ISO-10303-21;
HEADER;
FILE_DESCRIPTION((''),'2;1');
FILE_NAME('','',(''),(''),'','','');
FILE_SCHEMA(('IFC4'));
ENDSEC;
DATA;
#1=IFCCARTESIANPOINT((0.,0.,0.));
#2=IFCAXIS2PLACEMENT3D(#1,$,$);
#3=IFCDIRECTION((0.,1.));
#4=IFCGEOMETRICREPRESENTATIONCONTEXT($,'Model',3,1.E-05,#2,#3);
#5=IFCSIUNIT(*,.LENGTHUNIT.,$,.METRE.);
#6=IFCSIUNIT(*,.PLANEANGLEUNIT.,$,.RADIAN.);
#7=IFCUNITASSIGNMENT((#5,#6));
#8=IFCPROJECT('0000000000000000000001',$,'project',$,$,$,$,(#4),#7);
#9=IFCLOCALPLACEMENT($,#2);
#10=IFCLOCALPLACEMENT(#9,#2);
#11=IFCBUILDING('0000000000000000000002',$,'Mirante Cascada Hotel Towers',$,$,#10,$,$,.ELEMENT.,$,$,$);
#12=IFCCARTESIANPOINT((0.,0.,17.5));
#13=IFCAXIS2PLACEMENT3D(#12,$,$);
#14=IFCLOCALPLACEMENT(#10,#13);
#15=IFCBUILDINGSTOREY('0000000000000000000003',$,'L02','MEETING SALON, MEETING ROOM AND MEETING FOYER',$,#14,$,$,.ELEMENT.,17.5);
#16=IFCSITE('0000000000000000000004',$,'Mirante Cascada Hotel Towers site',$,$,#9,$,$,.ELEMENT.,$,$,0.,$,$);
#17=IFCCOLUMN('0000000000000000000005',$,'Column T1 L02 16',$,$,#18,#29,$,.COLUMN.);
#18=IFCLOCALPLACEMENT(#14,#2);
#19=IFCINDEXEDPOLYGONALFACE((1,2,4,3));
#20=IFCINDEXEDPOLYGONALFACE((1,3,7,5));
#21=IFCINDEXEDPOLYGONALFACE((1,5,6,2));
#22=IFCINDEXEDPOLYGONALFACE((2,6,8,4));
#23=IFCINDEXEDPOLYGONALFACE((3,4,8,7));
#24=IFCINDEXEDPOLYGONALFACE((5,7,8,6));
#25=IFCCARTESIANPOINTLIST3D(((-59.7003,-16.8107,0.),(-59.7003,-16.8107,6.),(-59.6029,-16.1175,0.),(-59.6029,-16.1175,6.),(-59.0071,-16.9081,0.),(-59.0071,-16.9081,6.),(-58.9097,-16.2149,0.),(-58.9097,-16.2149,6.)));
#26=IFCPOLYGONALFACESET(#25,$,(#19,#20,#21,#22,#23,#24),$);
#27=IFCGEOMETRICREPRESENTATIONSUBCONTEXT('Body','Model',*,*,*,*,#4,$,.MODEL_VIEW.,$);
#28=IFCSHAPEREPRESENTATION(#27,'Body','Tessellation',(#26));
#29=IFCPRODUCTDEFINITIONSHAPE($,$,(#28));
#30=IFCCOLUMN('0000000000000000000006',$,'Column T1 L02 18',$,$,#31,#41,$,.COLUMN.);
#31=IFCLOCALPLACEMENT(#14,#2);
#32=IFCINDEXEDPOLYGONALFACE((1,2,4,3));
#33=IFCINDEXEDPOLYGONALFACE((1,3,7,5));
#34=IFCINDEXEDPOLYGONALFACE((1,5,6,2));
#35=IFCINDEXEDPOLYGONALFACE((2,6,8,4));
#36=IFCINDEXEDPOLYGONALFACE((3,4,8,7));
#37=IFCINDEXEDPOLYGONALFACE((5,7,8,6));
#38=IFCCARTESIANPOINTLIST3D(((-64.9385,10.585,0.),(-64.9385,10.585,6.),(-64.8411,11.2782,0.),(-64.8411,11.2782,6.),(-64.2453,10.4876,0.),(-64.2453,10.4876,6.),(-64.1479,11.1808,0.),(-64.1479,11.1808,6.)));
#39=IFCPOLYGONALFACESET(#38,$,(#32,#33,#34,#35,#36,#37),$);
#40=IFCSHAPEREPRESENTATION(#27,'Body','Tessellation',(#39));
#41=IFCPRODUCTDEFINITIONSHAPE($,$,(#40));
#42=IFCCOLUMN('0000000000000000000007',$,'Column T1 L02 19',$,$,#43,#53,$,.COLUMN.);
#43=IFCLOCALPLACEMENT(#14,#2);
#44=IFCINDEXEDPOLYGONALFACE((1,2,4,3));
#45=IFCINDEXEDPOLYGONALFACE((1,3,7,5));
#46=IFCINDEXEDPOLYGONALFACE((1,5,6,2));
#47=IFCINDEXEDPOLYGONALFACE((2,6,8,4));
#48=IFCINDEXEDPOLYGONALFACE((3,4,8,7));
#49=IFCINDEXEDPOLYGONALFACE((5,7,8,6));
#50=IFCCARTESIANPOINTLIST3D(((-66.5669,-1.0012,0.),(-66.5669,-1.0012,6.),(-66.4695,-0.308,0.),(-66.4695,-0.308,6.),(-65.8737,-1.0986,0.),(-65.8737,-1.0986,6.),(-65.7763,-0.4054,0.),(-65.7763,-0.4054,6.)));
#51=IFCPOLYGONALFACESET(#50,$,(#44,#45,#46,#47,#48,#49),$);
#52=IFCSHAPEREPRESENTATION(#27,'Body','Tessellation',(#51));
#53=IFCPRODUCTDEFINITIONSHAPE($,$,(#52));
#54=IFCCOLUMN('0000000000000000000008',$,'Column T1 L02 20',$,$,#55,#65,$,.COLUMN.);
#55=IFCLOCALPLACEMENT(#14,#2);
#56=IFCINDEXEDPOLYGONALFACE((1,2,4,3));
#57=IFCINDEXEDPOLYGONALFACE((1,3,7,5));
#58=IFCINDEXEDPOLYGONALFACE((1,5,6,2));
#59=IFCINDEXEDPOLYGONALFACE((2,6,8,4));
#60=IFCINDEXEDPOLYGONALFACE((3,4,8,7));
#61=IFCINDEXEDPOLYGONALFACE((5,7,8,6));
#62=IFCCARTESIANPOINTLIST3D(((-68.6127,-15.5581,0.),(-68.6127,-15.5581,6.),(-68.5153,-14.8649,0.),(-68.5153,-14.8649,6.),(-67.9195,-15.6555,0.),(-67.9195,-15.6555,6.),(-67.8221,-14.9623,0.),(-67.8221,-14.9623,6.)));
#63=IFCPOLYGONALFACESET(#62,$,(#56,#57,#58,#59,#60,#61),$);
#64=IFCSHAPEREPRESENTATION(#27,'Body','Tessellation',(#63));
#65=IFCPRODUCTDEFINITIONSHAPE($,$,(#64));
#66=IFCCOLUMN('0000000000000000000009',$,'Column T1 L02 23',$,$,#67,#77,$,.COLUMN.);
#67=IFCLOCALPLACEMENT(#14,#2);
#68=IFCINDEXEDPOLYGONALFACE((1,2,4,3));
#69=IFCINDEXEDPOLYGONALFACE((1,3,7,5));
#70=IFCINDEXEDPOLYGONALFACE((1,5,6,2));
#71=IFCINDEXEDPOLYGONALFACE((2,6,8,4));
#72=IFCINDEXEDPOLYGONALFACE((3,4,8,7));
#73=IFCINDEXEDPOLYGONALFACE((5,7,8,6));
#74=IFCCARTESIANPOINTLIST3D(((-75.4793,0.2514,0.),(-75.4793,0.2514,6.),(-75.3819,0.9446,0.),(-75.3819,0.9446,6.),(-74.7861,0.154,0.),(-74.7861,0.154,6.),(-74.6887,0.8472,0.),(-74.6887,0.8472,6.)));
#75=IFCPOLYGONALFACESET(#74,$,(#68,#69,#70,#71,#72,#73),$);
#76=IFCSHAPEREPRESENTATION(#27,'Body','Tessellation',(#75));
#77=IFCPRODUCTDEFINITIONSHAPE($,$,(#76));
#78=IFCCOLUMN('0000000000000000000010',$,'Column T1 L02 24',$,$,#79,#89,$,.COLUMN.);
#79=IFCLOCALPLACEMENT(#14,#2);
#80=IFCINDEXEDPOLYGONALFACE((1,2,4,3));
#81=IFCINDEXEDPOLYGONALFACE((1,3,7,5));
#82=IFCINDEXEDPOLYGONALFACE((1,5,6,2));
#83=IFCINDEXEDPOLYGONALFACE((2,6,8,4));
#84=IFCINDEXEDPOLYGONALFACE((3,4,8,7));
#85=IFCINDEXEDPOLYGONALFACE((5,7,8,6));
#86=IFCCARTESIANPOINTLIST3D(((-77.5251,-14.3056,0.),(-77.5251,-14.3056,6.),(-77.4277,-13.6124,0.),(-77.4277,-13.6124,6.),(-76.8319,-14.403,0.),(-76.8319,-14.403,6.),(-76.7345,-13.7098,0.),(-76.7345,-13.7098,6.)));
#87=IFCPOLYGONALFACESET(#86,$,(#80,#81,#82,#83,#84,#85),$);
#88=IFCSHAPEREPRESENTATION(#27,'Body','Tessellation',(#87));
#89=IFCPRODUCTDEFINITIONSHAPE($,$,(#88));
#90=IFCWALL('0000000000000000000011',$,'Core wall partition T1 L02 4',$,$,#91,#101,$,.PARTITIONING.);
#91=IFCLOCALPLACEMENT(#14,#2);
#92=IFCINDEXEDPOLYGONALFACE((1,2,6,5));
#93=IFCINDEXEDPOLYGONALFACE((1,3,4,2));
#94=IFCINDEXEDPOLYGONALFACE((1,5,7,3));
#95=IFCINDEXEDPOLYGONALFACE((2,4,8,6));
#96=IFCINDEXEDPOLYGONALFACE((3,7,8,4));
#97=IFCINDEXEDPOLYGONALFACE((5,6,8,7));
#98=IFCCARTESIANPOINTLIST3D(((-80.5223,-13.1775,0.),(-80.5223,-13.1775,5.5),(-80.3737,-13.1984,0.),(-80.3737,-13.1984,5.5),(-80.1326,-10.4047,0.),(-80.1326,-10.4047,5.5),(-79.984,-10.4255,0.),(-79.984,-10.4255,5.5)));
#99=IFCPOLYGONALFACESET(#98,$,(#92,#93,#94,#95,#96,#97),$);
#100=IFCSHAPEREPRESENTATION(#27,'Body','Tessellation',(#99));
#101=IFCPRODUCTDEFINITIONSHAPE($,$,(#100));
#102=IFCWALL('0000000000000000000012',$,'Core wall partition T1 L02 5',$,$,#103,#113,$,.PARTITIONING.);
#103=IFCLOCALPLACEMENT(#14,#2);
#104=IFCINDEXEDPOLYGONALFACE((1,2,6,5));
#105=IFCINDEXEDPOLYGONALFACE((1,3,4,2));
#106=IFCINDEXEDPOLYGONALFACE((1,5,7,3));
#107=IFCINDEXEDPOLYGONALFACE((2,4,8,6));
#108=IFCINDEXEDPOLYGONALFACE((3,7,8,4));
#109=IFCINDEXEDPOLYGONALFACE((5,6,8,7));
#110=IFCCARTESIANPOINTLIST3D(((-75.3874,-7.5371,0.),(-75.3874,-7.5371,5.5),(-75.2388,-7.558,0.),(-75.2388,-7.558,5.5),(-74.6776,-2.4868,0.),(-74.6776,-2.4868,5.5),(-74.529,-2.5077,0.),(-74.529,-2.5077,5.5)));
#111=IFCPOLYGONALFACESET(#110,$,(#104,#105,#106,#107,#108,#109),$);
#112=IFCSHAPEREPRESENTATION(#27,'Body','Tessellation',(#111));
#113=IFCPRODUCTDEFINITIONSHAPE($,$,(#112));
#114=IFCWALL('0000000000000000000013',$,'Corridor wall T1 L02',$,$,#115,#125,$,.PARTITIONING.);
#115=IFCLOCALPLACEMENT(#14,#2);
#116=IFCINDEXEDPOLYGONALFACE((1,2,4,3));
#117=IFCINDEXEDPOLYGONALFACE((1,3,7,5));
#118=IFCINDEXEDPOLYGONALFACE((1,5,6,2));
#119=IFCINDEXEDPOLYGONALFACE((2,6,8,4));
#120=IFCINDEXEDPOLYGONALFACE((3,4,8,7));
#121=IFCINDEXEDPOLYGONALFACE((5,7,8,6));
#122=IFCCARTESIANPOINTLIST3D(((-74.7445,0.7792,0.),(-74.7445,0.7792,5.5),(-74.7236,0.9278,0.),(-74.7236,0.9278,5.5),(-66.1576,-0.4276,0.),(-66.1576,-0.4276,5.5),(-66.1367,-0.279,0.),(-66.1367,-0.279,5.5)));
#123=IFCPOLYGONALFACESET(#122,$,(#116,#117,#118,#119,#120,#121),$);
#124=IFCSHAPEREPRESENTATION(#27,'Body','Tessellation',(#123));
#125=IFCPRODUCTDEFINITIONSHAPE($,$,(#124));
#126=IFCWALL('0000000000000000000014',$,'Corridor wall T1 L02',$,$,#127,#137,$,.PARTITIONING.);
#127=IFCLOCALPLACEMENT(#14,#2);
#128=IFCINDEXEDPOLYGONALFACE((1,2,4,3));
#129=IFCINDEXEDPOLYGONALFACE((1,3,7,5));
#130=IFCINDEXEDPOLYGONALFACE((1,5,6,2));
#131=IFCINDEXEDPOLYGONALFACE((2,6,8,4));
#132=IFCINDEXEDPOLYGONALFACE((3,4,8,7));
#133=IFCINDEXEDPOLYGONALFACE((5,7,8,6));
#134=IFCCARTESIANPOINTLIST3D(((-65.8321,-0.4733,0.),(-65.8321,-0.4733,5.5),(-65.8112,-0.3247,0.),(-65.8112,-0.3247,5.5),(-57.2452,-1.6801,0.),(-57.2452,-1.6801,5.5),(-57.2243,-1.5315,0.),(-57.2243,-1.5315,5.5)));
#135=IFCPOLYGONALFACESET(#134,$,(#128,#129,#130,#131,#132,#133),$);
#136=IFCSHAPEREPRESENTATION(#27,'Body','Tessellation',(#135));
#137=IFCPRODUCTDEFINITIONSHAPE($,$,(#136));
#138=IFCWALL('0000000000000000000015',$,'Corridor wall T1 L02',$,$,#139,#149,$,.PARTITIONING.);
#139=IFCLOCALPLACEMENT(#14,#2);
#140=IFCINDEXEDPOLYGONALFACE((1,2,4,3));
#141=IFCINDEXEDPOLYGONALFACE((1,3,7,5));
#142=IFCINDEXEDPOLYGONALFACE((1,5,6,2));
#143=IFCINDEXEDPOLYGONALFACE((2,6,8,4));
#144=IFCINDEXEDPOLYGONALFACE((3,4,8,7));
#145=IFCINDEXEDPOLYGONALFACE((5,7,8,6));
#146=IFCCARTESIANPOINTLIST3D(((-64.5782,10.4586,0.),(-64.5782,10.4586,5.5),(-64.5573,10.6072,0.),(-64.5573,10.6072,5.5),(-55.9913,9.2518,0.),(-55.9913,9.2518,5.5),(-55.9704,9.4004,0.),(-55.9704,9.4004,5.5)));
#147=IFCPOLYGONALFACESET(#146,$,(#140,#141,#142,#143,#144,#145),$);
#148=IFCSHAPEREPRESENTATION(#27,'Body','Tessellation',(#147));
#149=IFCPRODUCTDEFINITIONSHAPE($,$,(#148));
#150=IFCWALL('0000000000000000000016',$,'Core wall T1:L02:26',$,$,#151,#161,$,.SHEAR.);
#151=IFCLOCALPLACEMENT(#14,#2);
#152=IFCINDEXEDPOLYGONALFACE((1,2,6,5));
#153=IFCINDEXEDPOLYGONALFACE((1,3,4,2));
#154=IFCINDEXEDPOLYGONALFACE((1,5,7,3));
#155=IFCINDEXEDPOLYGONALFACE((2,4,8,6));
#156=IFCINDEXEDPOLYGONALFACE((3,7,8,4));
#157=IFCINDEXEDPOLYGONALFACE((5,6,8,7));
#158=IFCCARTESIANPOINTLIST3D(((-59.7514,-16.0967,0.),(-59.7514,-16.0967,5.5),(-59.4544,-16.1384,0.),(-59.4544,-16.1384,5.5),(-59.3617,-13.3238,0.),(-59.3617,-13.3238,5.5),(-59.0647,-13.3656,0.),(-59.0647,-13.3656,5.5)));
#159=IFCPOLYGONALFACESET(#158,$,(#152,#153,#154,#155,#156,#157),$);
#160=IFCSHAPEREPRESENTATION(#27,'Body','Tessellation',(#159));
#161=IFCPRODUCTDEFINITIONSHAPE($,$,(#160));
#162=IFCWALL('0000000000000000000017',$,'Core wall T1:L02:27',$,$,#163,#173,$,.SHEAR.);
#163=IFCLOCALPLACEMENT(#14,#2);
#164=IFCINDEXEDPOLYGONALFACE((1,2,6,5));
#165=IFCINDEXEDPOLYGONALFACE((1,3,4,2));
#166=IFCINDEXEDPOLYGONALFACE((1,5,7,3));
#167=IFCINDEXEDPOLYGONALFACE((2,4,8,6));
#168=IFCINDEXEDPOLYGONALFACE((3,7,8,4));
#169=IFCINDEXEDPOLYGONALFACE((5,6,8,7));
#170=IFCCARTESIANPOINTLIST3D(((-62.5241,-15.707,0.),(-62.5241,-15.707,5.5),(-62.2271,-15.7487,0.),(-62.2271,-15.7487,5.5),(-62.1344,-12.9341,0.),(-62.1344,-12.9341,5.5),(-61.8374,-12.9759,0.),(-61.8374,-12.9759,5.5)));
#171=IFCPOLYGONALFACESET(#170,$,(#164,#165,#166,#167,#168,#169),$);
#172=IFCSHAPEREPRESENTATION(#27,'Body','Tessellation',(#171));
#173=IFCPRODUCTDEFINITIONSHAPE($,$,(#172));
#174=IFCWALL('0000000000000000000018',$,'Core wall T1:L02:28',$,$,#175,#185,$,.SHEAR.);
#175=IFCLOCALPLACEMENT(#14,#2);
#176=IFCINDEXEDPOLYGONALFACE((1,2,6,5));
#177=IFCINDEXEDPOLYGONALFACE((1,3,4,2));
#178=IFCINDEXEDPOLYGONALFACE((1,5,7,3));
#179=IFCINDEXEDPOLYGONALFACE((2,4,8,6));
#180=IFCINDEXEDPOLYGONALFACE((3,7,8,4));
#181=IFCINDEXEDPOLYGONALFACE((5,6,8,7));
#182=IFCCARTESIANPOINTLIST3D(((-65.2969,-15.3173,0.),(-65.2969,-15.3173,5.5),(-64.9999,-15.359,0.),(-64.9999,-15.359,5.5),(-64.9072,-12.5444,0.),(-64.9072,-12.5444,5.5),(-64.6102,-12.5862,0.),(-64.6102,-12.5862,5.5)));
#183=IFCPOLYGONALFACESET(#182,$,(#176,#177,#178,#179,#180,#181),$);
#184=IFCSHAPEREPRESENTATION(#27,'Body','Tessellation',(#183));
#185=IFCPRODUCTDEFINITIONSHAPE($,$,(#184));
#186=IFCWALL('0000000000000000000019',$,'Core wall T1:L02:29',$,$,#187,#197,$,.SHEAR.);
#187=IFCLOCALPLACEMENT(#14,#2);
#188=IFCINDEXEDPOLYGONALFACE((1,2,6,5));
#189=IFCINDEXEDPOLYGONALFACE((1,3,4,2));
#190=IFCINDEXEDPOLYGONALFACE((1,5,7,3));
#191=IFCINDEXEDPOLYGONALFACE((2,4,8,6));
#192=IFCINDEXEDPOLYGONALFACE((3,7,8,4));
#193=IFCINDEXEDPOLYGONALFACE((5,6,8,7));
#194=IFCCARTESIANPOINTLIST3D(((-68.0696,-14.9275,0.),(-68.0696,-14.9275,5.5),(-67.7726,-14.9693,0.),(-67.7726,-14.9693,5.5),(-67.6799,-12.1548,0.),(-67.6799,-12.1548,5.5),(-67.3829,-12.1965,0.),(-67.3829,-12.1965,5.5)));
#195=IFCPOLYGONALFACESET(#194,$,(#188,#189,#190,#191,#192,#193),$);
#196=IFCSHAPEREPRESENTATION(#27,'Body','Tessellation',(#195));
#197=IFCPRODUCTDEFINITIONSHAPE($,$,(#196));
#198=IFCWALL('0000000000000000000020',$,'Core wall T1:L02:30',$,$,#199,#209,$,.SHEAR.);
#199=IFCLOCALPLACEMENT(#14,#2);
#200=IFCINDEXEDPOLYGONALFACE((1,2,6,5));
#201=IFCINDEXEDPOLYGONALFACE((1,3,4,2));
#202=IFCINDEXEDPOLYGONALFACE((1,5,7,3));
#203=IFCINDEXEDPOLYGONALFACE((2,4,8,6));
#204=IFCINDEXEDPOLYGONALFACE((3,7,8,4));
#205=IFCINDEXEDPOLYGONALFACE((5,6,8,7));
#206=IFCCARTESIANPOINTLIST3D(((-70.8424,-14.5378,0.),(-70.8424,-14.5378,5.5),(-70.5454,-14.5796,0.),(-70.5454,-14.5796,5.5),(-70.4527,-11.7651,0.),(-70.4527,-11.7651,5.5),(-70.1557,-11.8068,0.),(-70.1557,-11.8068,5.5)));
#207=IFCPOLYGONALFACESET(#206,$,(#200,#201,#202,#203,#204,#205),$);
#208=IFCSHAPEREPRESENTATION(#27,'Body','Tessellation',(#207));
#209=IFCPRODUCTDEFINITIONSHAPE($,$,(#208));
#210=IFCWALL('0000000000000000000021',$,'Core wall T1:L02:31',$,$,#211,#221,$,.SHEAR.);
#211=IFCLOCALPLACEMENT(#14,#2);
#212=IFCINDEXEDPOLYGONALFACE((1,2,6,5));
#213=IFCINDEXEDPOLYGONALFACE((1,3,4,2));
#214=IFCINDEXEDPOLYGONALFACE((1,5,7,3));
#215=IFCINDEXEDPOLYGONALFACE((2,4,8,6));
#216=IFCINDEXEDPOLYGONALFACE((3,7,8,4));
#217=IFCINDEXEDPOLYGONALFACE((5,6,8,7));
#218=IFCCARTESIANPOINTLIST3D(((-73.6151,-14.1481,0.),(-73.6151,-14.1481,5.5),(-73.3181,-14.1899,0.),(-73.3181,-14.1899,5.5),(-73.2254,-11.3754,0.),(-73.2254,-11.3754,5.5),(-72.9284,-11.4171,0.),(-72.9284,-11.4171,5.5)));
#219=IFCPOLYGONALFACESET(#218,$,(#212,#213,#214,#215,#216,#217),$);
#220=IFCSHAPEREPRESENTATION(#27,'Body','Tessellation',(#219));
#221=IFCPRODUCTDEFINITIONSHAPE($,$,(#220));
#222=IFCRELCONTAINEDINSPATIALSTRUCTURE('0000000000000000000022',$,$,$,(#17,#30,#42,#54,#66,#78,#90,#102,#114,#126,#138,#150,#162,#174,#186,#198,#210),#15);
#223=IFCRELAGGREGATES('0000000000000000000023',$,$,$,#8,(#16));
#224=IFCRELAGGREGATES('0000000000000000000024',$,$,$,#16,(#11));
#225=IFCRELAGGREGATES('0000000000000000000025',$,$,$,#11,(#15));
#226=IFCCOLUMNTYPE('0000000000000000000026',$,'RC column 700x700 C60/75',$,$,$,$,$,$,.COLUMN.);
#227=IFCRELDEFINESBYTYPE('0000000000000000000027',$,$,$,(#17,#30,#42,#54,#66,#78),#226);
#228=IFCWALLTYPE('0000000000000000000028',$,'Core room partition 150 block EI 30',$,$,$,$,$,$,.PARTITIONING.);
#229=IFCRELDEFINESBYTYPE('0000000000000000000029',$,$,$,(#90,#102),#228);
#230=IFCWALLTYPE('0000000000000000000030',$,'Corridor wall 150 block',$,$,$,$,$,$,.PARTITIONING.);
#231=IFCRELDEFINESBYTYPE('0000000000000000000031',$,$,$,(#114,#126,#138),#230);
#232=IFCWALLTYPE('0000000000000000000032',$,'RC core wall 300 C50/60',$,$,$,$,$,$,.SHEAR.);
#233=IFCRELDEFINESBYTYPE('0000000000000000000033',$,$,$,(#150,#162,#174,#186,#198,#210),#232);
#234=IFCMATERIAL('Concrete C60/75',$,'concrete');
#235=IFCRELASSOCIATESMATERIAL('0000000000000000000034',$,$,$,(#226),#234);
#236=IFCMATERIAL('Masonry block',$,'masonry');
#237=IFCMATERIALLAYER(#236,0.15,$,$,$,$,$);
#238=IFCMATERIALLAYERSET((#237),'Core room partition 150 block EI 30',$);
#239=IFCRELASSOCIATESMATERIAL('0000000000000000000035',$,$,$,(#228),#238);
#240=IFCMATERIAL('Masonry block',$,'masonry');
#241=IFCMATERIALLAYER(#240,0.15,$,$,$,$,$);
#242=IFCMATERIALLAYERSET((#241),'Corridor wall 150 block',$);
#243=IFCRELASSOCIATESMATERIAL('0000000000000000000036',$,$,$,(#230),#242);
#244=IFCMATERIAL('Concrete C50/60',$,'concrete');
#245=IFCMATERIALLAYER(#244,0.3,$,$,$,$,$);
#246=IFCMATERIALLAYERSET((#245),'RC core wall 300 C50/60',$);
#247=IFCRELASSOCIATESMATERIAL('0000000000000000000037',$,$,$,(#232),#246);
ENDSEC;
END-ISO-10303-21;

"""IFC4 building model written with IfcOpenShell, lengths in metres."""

from ifc_helpers import new_model, si_unit, direction, frame, frame_2d, origin, origin_2d, place, context, subcontext, project, spatial, rectangle, extrude, material, layer, layer_set, material_profile, profile_set, type_object, element, save


model = new_model("IFC4")

# Units and contexts
model_context = context("Model", 3, precision=1e-05, world=origin(), true_north=direction((0.0, 1.0)))
body_context = subcontext(model_context, "Body", "Model", "MODEL_VIEW")
ifc_project = project(units=[si_unit("LENGTHUNIT", "METRE"), si_unit("PLANEANGLEUNIT", "RADIAN")], contexts=[model_context])

# Site, building, storey
site_placement = place(None, origin())
site = spatial("IfcSite", under=ifc_project, at=site_placement, Name="Mirante Cascada Hotel Towers site", CompositionType="ELEMENT", RefElevation=0.0)
building_placement = place(site_placement, origin())
building = spatial("IfcBuilding", under=site, at=building_placement, Name="Mirante Cascada Hotel Towers", CompositionType="ELEMENT")
storey_placement = place(building_placement, frame((0.0, 0.0, 17.5)))
storey = spatial("IfcBuildingStorey", under=building, at=storey_placement, Name="L02", Description="MEETING SALON, MEETING ROOM AND MEETING FOYER", CompositionType="ELEMENT", Elevation=17.5)

# Columns
ifc_material_1 = material(Name="Concrete C60/75", Category="concrete")
ifc_material_profile = material_profile(ifc_material_1, rectangle(XDim=0.7, YDim=0.7, at=origin_2d()), Name="RC column 700x700 C60/75")
ifc_profile_set = profile_set([ifc_material_profile], Name="Concrete C60/75")
column_type = type_object("IfcColumnType", Name="RC column 700x700 C60/75", PredefinedType="COLUMN", material=ifc_profile_set)
for number, where, z_axis, x_axis, name in (
    (1, (-59.305, -16.5128, 0.0), (0.0, 0.0, 1.0), (-0.990268, 0.139173, 0.0), "Column T1 L02 16"),
    (2, (-64.5432, 10.8829, 0.0), (0.0, 0.0, 1.0), (-0.990268, 0.139173, 0.0), "Column T1 L02 18"),
    (3, (-66.1716, -0.7033, 0.0), (0.0, 0.0, 1.0), (-0.990268, 0.139173, 0.0), "Column T1 L02 19"),
    (4, (-68.2174, -15.2602, 0.0), (0.0, 0.0, 1.0), (-0.990268, 0.139173, 0.0), "Column T1 L02 20"),
    (5, (-75.084, 0.5493, 0.0), (0.0, 0.0, 1.0), (-0.990268, 0.139173, 0.0), "Column T1 L02 23"),
    (6, (-77.1298, -14.0077, 0.0), (0.0, 0.0, 1.0), (-0.990268, 0.139173, 0.0), "Column T1 L02 24"),
):
    element("IfcColumn", number, at=place(storey_placement, frame(where, z_axis=z_axis, x_axis=x_axis)), inside=storey, type_object=column_type, Name=name, PredefinedType="COLUMN", context=body_context, shape_type="SweptSolid", body=[
        extrude(rectangle(XDim=0.7, YDim=0.7, at=origin_2d()), origin(), (0.0, 0.0, 1.0), 6.0),
    ])

# Walls
ifc_material_2 = material(Name="Masonry block", Category="masonry")
ifc_layer_1 = layer(ifc_material_2, 0.15)
ifc_layer_set_1 = layer_set([ifc_layer_1], Name="Core room partition 150 block EI 30")
wall_type_1 = type_object("IfcWallType", Name="Core room partition 150 block EI 30", PredefinedType="PARTITIONING", material=ifc_layer_set_1)
wall_1_placement = place(storey_placement, frame((-80.448, -13.1879, 0.0), z_axis=(0.0, 0.0, 1.0), x_axis=(0.139176, 0.990268, 0.0)))
element("IfcWall", 7, at=wall_1_placement, inside=storey, type_object=wall_type_1, Name="Core wall partition T1 L02 4", PredefinedType="PARTITIONING", context=body_context, shape_type="SweptSolid", body=[
    extrude(rectangle(XDim=2.8001, YDim=0.15, at=frame_2d((1.4, 0.0))), origin(), (0.0, 0.0, 1.0), 5.5),
])
wall_2_placement = place(storey_placement, frame((-75.3131, -7.5476, 0.0), z_axis=(0.0, 0.0, 1.0), x_axis=(0.139178, 0.990267, 0.0)))
element("IfcWall", 8, at=wall_2_placement, inside=storey, type_object=wall_type_1, Name="Core wall partition T1 L02 5", PredefinedType="PARTITIONING", context=body_context, shape_type="SweptSolid", body=[
    extrude(rectangle(XDim=5.0999, YDim=0.15, at=frame_2d((2.55, 0.0))), origin(), (0.0, 0.0, 1.0), 5.5),
])
ifc_material_3 = material(Name="Masonry block", Category="masonry")
ifc_layer_2 = layer(ifc_material_3, 0.15)
ifc_layer_set_2 = layer_set([ifc_layer_2], Name="Corridor wall 150 block")
wall_type_2 = type_object("IfcWallType", Name="Corridor wall 150 block", PredefinedType="PARTITIONING", material=ifc_layer_set_2)
for number, where, z_axis, x_axis, name in (
    (9, (-74.734, 0.8535, 0.0), (0.0, 0.0, 1.0), (0.990268, -0.139172, 0.0), "Corridor wall T1 L02"),
    (10, (-65.8216, -0.399, 0.0), (0.0, 0.0, 1.0), (0.990268, -0.139172, 0.0), "Corridor wall T1 L02"),
    (11, (-64.5677, 10.5329, 0.0), (0.0, 0.0, 1.0), (0.990268, -0.139172, 0.0), "Corridor wall T1 L02"),
):
    element("IfcWall", number, at=place(storey_placement, frame(where, z_axis=z_axis, x_axis=x_axis)), inside=storey, type_object=wall_type_2, Name=name, PredefinedType="PARTITIONING", context=body_context, shape_type="SweptSolid", body=[
        extrude(rectangle(XDim=8.6713, YDim=0.15, at=frame_2d((4.3356, 0.0))), origin(), (0.0, 0.0, 1.0), 5.5),
    ])
ifc_material_4 = material(Name="Concrete C50/60", Category="concrete")
ifc_layer_3 = layer(ifc_material_4, 0.3)
ifc_layer_set_3 = layer_set([ifc_layer_3], Name="RC core wall 300 C50/60")
wall_type_3 = type_object("IfcWallType", Name="RC core wall 300 C50/60", PredefinedType="SHEAR", material=ifc_layer_set_3)
for number, where, z_axis, x_axis, name in (
    (12, (-59.6029, -16.1175, 0.0), (0.0, 0.0, 1.0), (0.139176, 0.990268, 0.0), "Core wall T1:L02:26"),
    (13, (-62.3756, -15.7278, 0.0), (0.0, 0.0, 1.0), (0.139176, 0.990268, 0.0), "Core wall T1:L02:27"),
    (14, (-65.1484, -15.3381, 0.0), (0.0, 0.0, 1.0), (0.139176, 0.990268, 0.0), "Core wall T1:L02:28"),
):
    element("IfcWall", number, at=place(storey_placement, frame(where, z_axis=z_axis, x_axis=x_axis)), inside=storey, type_object=wall_type_3, Name=name, PredefinedType="SHEAR", context=body_context, shape_type="SweptSolid", body=[
        extrude(rectangle(XDim=2.8001, YDim=0.3, at=frame_2d((1.4, 0.0))), origin(), (0.0, 0.0, 1.0), 5.5),
    ])
for number, where, z_axis, x_axis, name in (
    (15, (-67.9211, -14.9484, 0.0), (0.0, 0.0, 1.0), (0.139181, 0.990267, 0.0), "Core wall T1:L02:29"),
    (16, (-70.6939, -14.5587, 0.0), (0.0, 0.0, 1.0), (0.139181, 0.990267, 0.0), "Core wall T1:L02:30"),
    (17, (-73.4666, -14.169, 0.0), (0.0, 0.0, 1.0), (0.139181, 0.990267, 0.0), "Core wall T1:L02:31"),
):
    element("IfcWall", number, at=place(storey_placement, frame(where, z_axis=z_axis, x_axis=x_axis)), inside=storey, type_object=wall_type_3, Name=name, PredefinedType="SHEAR", context=body_context, shape_type="SweptSolid", body=[
        extrude(rectangle(XDim=2.8, YDim=0.3, at=frame_2d((1.4, 0.0))), origin(), (0.0, 0.0, 1.0), 5.5),
    ])

save(model, "model.ifc")
